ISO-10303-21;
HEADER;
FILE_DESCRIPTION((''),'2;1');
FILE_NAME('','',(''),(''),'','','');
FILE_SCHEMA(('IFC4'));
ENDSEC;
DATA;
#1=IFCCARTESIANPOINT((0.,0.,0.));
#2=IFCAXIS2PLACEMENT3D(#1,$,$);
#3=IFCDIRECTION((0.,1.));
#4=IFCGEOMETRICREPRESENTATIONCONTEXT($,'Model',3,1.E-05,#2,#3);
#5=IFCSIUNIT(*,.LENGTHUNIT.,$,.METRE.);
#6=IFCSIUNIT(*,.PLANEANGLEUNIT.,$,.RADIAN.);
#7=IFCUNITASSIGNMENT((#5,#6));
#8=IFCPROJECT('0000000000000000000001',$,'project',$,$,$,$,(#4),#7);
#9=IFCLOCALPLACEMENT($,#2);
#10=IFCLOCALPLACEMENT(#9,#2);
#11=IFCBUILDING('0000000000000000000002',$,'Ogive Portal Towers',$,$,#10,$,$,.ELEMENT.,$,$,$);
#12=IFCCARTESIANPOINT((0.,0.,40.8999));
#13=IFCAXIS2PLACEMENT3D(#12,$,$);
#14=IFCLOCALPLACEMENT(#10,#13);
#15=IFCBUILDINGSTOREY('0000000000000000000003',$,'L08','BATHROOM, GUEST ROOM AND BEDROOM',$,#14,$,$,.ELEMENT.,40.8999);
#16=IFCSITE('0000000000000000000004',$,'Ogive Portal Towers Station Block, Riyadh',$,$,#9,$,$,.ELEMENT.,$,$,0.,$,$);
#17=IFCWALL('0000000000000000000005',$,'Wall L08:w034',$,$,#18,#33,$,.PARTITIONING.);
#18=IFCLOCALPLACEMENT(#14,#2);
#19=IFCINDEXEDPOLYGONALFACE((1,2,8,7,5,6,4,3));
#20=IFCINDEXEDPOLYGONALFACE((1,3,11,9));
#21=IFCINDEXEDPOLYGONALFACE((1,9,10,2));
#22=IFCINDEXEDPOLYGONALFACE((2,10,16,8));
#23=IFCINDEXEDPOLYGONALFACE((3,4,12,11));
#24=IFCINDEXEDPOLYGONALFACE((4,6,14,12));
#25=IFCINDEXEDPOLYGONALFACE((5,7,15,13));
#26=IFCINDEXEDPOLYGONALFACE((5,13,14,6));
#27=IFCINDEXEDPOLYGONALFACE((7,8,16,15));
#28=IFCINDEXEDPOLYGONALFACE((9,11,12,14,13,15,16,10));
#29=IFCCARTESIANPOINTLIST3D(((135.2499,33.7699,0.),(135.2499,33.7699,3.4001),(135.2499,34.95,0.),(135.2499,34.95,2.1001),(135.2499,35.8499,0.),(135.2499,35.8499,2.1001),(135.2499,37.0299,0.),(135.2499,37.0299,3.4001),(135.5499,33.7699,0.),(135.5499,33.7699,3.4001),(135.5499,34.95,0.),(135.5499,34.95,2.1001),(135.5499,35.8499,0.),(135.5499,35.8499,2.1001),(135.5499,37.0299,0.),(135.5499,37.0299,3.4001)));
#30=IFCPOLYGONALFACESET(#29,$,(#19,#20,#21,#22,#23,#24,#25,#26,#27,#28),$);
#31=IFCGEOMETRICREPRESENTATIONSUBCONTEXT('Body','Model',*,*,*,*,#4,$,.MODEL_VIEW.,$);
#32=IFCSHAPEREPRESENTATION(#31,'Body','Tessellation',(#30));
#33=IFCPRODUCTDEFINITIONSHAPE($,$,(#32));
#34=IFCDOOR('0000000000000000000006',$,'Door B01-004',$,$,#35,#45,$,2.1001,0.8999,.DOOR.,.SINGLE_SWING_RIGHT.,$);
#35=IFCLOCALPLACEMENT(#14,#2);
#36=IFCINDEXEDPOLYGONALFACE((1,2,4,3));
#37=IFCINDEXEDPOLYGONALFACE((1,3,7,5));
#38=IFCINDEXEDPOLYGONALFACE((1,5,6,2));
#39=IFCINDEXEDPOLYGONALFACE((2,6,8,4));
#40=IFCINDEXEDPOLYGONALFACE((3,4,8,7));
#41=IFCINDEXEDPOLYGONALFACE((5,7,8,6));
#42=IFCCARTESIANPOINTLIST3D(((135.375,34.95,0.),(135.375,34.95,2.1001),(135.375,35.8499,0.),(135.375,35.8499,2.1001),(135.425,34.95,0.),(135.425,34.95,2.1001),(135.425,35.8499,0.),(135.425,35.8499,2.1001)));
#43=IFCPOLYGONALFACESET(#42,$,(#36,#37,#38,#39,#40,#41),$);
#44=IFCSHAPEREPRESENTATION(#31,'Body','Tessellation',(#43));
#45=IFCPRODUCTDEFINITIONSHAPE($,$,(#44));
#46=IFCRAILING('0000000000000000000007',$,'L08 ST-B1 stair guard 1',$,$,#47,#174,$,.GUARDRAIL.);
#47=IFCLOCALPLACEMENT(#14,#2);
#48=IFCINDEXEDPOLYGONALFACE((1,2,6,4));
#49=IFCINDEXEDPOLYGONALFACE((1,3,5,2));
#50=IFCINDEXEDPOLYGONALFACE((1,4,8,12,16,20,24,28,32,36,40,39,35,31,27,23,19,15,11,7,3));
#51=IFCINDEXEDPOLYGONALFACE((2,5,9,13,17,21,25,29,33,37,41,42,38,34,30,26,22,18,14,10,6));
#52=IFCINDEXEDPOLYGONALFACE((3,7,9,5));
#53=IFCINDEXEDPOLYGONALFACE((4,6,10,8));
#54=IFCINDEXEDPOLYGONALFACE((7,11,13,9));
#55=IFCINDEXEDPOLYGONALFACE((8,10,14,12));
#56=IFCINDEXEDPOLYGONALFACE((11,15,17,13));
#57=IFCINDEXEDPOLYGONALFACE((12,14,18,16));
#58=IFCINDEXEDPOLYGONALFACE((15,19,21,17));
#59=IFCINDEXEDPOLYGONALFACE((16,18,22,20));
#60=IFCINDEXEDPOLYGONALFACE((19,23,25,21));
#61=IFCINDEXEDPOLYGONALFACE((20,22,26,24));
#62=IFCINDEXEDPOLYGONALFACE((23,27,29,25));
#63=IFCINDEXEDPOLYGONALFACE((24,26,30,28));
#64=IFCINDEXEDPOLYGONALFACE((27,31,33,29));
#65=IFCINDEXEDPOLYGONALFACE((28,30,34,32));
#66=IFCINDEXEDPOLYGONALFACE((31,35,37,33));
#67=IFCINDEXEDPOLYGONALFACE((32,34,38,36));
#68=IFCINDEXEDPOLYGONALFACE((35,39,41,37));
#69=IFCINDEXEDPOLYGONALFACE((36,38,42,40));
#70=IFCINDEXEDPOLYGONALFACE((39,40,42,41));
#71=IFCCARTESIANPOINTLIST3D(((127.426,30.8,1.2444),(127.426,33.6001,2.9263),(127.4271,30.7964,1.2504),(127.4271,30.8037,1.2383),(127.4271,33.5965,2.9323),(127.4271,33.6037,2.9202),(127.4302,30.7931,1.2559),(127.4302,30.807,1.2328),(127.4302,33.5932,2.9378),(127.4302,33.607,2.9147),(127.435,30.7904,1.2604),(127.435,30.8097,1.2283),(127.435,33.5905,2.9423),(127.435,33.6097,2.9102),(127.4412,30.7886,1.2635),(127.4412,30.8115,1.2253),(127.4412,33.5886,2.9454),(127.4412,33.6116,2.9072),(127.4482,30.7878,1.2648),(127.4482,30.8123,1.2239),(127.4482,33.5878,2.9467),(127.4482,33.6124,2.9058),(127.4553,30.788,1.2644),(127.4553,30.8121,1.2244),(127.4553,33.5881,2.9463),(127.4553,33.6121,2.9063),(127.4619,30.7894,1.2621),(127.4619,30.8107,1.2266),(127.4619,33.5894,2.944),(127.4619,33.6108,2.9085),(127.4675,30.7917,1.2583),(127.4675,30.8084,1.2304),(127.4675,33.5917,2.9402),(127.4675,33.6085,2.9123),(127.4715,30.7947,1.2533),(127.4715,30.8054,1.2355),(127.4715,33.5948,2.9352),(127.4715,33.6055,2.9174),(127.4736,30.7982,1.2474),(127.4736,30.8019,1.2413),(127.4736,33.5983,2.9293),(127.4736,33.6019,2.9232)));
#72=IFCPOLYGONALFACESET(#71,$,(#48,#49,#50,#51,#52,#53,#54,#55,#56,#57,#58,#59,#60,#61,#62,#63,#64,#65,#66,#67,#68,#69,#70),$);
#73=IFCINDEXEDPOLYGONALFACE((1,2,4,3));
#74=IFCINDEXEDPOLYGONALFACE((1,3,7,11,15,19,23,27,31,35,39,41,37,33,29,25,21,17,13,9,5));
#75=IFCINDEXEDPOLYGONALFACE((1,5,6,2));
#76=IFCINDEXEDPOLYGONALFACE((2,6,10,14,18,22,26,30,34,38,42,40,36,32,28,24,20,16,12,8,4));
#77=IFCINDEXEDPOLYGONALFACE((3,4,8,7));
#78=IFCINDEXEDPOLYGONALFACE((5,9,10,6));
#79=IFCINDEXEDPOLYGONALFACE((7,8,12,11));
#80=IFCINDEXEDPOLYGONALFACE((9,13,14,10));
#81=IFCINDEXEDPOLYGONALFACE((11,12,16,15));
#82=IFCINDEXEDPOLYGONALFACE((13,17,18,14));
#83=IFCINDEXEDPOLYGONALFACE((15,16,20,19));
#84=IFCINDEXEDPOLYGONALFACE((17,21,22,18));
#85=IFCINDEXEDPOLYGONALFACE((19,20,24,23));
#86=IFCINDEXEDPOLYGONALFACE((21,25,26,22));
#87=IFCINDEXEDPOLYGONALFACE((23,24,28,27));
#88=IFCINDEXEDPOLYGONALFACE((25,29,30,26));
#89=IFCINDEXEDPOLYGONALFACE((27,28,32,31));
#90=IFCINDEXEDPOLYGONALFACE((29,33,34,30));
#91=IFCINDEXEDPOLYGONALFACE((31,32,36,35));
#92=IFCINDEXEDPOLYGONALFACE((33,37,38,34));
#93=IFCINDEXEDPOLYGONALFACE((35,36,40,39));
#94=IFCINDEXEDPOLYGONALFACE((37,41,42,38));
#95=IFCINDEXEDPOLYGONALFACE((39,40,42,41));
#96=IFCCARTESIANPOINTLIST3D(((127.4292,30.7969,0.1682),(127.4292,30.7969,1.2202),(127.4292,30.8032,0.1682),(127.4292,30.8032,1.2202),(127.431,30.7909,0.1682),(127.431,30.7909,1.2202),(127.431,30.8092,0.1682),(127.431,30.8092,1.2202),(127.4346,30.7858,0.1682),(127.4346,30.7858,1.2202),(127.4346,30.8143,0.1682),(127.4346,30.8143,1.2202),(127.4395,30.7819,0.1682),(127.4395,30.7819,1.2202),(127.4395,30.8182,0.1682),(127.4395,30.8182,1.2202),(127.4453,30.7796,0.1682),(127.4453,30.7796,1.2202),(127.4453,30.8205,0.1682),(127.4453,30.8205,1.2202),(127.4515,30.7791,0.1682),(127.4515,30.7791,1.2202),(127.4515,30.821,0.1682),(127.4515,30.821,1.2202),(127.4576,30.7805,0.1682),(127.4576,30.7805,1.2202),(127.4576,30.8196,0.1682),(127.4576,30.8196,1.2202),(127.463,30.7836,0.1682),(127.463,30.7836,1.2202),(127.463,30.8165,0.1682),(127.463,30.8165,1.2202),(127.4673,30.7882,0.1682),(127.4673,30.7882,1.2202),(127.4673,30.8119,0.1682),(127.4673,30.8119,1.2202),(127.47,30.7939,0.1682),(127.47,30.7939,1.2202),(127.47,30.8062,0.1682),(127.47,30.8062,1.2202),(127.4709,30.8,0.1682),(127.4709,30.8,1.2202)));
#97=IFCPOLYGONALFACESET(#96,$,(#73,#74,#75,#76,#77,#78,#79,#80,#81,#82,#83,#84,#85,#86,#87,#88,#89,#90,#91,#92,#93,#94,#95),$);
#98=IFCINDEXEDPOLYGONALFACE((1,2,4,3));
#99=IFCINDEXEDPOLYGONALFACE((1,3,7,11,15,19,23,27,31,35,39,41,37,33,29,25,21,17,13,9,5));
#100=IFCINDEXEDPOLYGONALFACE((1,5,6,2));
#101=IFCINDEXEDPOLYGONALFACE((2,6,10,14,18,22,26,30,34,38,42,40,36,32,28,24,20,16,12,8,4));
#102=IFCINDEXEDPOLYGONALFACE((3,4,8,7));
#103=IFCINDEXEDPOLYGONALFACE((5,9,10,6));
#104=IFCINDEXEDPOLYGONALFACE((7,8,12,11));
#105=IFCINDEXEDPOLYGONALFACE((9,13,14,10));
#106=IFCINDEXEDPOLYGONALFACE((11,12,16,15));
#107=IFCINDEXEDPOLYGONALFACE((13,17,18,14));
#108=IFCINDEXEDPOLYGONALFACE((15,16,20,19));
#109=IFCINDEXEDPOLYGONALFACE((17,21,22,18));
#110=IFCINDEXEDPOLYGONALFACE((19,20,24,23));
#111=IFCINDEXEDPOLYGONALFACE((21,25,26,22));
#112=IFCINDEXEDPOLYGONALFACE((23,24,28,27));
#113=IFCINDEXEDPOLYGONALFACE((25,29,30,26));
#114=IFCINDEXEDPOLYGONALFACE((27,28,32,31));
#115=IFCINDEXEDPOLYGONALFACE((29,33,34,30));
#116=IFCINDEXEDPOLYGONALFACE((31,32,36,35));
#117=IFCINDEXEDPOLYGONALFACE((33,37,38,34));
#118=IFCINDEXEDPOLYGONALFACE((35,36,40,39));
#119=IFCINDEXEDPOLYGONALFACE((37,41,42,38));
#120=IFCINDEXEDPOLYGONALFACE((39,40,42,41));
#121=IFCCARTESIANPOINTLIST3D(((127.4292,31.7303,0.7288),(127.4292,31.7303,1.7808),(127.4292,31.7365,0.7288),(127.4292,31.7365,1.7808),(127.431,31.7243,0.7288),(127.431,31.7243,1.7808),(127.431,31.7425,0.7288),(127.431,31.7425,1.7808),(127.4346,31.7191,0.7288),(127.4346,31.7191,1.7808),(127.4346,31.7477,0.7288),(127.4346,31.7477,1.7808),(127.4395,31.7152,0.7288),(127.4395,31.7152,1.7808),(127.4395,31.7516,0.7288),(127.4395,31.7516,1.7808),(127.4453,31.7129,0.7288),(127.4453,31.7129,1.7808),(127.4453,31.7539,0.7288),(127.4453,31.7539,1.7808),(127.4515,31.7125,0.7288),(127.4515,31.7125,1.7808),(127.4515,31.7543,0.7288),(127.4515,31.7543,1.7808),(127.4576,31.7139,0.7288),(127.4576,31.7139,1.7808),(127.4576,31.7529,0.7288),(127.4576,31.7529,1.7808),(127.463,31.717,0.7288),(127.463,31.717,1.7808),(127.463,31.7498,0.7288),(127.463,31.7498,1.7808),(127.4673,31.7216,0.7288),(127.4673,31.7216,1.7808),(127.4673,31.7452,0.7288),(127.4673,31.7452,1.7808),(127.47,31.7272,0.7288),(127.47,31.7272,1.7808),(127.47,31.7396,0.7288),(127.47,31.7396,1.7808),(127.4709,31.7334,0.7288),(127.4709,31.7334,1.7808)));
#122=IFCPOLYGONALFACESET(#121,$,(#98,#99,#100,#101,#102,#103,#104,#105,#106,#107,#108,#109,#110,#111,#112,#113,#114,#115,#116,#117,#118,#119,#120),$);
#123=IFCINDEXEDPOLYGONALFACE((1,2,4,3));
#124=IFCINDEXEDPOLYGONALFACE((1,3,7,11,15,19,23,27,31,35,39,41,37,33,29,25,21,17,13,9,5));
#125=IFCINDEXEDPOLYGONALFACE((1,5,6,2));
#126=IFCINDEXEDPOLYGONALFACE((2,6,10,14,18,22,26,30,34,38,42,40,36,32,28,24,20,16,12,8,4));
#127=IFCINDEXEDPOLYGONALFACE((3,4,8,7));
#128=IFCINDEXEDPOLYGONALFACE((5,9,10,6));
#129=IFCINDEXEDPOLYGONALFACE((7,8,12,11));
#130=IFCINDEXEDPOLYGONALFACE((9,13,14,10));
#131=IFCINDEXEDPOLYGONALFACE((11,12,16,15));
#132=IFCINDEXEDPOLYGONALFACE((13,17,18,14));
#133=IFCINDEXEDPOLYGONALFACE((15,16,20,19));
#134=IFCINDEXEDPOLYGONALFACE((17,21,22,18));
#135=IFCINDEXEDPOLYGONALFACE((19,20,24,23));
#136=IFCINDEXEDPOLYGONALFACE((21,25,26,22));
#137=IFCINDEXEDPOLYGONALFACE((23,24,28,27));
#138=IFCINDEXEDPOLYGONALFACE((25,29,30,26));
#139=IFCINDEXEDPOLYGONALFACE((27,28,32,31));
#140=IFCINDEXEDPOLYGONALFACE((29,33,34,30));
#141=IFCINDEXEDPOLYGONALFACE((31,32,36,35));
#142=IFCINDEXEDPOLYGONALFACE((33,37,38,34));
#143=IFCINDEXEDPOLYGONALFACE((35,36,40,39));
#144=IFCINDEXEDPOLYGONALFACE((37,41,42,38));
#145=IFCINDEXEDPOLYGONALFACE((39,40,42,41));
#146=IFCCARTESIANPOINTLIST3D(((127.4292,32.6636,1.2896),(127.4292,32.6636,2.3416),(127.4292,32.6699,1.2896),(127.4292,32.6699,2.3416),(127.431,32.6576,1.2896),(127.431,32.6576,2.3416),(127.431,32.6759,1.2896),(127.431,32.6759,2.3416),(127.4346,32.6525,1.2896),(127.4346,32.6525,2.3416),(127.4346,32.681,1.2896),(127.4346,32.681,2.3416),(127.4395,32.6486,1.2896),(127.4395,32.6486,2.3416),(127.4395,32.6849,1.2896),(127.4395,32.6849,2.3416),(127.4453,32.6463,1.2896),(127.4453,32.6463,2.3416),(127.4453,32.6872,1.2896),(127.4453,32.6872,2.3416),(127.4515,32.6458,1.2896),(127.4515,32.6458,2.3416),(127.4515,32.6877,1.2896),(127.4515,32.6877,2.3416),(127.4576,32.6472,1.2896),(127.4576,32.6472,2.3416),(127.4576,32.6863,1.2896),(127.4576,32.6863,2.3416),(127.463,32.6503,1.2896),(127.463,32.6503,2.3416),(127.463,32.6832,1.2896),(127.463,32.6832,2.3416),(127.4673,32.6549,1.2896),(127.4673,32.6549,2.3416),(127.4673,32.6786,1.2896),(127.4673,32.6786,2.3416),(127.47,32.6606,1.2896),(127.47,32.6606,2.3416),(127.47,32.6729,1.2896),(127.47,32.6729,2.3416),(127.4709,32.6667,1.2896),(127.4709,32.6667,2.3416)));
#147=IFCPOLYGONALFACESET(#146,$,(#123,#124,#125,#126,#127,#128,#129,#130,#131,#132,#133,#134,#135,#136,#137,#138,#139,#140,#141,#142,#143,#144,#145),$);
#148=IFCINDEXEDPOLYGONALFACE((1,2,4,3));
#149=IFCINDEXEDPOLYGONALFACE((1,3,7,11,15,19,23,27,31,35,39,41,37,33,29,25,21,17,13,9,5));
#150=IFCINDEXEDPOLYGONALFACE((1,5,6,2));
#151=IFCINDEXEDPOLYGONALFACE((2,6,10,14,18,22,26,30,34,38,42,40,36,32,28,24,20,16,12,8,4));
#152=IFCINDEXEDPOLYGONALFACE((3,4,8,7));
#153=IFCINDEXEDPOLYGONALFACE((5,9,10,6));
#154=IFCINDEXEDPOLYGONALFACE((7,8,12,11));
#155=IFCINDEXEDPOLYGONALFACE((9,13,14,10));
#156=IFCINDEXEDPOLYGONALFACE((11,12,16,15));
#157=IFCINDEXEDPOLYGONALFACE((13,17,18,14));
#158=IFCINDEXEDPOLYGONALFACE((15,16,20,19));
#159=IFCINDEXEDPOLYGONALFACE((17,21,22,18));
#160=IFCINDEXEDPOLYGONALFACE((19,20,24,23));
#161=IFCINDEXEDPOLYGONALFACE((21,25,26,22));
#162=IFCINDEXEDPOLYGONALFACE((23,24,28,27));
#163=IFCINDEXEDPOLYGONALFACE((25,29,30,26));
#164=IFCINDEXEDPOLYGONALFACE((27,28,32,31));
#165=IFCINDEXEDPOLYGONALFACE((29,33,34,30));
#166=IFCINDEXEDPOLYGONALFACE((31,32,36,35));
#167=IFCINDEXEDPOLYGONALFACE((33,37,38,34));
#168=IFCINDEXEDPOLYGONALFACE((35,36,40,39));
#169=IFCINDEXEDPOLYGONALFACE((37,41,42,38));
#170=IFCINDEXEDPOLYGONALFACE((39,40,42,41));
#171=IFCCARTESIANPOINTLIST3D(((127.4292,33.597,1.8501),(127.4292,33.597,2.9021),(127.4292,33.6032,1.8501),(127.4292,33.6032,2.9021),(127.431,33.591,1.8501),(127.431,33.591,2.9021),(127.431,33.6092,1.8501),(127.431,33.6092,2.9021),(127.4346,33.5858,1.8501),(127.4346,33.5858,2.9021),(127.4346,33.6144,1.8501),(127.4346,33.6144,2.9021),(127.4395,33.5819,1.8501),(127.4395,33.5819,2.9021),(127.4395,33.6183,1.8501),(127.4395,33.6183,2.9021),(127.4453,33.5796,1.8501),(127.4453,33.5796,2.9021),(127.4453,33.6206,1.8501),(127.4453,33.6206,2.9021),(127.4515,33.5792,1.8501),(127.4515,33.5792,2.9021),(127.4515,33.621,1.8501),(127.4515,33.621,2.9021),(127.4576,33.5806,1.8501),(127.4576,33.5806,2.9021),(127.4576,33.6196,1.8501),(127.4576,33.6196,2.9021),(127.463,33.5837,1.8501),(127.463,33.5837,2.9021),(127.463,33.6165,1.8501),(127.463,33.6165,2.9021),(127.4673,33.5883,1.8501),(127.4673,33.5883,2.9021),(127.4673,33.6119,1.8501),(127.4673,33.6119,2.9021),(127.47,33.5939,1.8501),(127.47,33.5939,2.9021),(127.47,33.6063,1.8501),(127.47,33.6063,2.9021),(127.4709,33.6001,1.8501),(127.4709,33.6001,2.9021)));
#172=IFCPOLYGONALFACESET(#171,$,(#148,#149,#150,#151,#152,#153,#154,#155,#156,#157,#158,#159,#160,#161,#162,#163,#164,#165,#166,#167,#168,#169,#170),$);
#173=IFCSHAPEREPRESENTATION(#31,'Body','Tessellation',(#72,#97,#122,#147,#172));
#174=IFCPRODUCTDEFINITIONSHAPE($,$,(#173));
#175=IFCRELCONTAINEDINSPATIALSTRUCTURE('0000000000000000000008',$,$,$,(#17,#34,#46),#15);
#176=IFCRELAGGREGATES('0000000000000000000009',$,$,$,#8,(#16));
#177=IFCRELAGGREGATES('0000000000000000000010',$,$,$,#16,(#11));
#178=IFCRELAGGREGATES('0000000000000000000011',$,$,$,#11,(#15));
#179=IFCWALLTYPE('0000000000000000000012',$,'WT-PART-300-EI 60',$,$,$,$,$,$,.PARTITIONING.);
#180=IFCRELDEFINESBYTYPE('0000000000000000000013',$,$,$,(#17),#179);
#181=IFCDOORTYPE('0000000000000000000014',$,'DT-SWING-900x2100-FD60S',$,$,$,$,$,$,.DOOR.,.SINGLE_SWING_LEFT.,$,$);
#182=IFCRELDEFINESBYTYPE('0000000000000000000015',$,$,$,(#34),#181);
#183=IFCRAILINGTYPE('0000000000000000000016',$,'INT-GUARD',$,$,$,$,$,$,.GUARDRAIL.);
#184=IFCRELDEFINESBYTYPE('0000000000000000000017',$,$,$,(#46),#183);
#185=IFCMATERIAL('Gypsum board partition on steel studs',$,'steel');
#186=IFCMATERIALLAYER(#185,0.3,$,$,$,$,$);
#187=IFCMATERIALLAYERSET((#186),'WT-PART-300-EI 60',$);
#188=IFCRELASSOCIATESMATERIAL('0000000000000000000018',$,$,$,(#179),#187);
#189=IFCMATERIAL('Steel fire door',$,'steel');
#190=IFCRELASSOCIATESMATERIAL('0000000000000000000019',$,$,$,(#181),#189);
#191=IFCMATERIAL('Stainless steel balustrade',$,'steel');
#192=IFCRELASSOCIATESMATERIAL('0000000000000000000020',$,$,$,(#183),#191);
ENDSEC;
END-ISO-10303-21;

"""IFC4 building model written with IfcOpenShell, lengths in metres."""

from ifc_helpers import new_model, si_unit, direction, frame, frame_2d, origin, origin_2d, place, context, subcontext, project, spatial, rectangle, circle, extrude, material, layer, layer_set, type_object, element, fill, save


model = new_model("IFC4")

# Units and contexts
model_context = context("Model", 3, precision=1e-05, world=origin(), true_north=direction((0.0, 1.0)))
body_context = subcontext(model_context, "Body", "Model", "MODEL_VIEW")
ifc_project = project(units=[si_unit("LENGTHUNIT", "METRE"), si_unit("PLANEANGLEUNIT", "RADIAN")], contexts=[model_context])

# Site, building, storey
site_placement = place(None, origin())
site = spatial("IfcSite", under=ifc_project, at=site_placement, Name="Ogive Portal Towers Station Block, Riyadh", CompositionType="ELEMENT", RefElevation=0.0)
building_placement = place(site_placement, origin())
building = spatial("IfcBuilding", under=site, at=building_placement, Name="Ogive Portal Towers", CompositionType="ELEMENT")
storey_placement = place(building_placement, frame((0.0, 0.0, 40.8999)))
storey = spatial("IfcBuildingStorey", under=building, at=storey_placement, Name="L08", Description="BATHROOM, GUEST ROOM AND BEDROOM", CompositionType="ELEMENT", Elevation=40.8999)

# Shared definitions
ifc_material_1 = material(Name="Steel fire door", Category="steel")

# Wall, opening, door
ifc_material_2 = material(Name="Gypsum board partition on steel studs", Category="steel")
ifc_layer_1 = layer(ifc_material_2, 0.3)
ifc_layer_set_1 = layer_set([ifc_layer_1], Name="WT-PART-300-EI 60")
wall_type_1 = type_object("IfcWallType", Name="WT-PART-300-EI 60", PredefinedType="PARTITIONING", material=ifc_layer_set_1)
wall_1_placement = place(storey_placement, frame((135.3999, 33.77, 0.0), z_axis=(0.0, 0.0, 1.0), x_axis=(0.0, 1.0, 0.0)))
wall_1 = element("IfcWall", 1, at=wall_1_placement, inside=storey, type_object=wall_type_1, Name="Wall L08:w034", PredefinedType="PARTITIONING", context=body_context, shape_type="SweptSolid", body=[
    extrude(rectangle(XDim=3.26, YDim=0.3, at=frame_2d((1.6299, 0.0))), origin(), (0.0, 0.0, 1.0), 3.4001),
])
opening_1_placement = place(wall_1_placement, frame((1.1799, 0.0, 0.0)))
opening_1 = element("IfcOpeningElement", 2, at=opening_1_placement, cuts=wall_1, PredefinedType="OPENING", context=body_context, shape_type="SweptSolid", body=[
    extrude(rectangle(XDim=0.8999, YDim=2.1001, at=frame_2d((0.45, 1.05))), frame((0.0, 0.1602, 0.0), z_axis=(0.0, -1.0, 0.0), x_axis=(1.0, 0.0, 0.0)), (0.0, 0.0, 1.0), 0.3201),
])
door_type_1 = type_object("IfcDoorType", Name="DT-SWING-900x2100-FD60S", OperationType="SINGLE_SWING_LEFT", PredefinedType="DOOR", material=ifc_material_1)
door_1_placement = place(opening_1_placement, origin())
door_1 = element("IfcDoor", 3, at=door_1_placement, inside=storey, type_object=door_type_1, Name="Door B01-004", OperationType="SINGLE_SWING_RIGHT", OverallHeight=2.1001, OverallWidth=0.8999, PredefinedType="DOOR", context=body_context, shape_type="SweptSolid", body=[
    extrude(rectangle(XDim=0.8999, YDim=2.1001, at=frame_2d((0.45, 1.05))), frame((0.0, 0.0249, 0.0), z_axis=(0.0, -1.0, 0.0), x_axis=(1.0, 0.0, 0.0)), (0.0, 0.0, 1.0), 0.05),
])
fill(opening_1, door_1)

# Railing
ifc_material_3 = material(Name="Stainless steel balustrade", Category="steel")
railing_type_1 = type_object("IfcRailingType", Name="INT-GUARD", PredefinedType="GUARDRAIL", material=ifc_material_3)
railing_1_placement = place(storey_placement, frame((127.45, 30.8, 0.1682)))
element("IfcRailing", 4, at=railing_1_placement, inside=storey, type_object=railing_type_1, Name="L08 ST-B1 stair guard 1", PredefinedType="GUARDRAIL", context=body_context, shape_type="SweptSolid", body=[
    extrude(circle(Radius=0.0239, at=origin_2d()), frame((0.0, 0.0, 1.0762), z_axis=(0.0, 0.857242, 0.514913), x_axis=(-1.0, 0.0, 0.0)), (0.0, 0.0, 1.0), 3.2664),
    extrude(circle(Radius=0.021, at=origin_2d()), origin(), (0.0, 0.0, 1.0), 1.052),
    extrude(circle(Radius=0.021, at=origin_2d()), frame((0.0, 0.9333, 0.5605)), (0.0, 0.0, 1.0), 1.052),
    extrude(circle(Radius=0.021, at=origin_2d()), frame((0.0, 1.8667, 1.1213)), (0.0, 0.0, 1.0), 1.052),
    extrude(circle(Radius=0.021, at=origin_2d()), frame((0.0, 2.8, 1.6819)), (0.0, 0.0, 1.0), 1.052),
])

save(model, "model.ifc")
